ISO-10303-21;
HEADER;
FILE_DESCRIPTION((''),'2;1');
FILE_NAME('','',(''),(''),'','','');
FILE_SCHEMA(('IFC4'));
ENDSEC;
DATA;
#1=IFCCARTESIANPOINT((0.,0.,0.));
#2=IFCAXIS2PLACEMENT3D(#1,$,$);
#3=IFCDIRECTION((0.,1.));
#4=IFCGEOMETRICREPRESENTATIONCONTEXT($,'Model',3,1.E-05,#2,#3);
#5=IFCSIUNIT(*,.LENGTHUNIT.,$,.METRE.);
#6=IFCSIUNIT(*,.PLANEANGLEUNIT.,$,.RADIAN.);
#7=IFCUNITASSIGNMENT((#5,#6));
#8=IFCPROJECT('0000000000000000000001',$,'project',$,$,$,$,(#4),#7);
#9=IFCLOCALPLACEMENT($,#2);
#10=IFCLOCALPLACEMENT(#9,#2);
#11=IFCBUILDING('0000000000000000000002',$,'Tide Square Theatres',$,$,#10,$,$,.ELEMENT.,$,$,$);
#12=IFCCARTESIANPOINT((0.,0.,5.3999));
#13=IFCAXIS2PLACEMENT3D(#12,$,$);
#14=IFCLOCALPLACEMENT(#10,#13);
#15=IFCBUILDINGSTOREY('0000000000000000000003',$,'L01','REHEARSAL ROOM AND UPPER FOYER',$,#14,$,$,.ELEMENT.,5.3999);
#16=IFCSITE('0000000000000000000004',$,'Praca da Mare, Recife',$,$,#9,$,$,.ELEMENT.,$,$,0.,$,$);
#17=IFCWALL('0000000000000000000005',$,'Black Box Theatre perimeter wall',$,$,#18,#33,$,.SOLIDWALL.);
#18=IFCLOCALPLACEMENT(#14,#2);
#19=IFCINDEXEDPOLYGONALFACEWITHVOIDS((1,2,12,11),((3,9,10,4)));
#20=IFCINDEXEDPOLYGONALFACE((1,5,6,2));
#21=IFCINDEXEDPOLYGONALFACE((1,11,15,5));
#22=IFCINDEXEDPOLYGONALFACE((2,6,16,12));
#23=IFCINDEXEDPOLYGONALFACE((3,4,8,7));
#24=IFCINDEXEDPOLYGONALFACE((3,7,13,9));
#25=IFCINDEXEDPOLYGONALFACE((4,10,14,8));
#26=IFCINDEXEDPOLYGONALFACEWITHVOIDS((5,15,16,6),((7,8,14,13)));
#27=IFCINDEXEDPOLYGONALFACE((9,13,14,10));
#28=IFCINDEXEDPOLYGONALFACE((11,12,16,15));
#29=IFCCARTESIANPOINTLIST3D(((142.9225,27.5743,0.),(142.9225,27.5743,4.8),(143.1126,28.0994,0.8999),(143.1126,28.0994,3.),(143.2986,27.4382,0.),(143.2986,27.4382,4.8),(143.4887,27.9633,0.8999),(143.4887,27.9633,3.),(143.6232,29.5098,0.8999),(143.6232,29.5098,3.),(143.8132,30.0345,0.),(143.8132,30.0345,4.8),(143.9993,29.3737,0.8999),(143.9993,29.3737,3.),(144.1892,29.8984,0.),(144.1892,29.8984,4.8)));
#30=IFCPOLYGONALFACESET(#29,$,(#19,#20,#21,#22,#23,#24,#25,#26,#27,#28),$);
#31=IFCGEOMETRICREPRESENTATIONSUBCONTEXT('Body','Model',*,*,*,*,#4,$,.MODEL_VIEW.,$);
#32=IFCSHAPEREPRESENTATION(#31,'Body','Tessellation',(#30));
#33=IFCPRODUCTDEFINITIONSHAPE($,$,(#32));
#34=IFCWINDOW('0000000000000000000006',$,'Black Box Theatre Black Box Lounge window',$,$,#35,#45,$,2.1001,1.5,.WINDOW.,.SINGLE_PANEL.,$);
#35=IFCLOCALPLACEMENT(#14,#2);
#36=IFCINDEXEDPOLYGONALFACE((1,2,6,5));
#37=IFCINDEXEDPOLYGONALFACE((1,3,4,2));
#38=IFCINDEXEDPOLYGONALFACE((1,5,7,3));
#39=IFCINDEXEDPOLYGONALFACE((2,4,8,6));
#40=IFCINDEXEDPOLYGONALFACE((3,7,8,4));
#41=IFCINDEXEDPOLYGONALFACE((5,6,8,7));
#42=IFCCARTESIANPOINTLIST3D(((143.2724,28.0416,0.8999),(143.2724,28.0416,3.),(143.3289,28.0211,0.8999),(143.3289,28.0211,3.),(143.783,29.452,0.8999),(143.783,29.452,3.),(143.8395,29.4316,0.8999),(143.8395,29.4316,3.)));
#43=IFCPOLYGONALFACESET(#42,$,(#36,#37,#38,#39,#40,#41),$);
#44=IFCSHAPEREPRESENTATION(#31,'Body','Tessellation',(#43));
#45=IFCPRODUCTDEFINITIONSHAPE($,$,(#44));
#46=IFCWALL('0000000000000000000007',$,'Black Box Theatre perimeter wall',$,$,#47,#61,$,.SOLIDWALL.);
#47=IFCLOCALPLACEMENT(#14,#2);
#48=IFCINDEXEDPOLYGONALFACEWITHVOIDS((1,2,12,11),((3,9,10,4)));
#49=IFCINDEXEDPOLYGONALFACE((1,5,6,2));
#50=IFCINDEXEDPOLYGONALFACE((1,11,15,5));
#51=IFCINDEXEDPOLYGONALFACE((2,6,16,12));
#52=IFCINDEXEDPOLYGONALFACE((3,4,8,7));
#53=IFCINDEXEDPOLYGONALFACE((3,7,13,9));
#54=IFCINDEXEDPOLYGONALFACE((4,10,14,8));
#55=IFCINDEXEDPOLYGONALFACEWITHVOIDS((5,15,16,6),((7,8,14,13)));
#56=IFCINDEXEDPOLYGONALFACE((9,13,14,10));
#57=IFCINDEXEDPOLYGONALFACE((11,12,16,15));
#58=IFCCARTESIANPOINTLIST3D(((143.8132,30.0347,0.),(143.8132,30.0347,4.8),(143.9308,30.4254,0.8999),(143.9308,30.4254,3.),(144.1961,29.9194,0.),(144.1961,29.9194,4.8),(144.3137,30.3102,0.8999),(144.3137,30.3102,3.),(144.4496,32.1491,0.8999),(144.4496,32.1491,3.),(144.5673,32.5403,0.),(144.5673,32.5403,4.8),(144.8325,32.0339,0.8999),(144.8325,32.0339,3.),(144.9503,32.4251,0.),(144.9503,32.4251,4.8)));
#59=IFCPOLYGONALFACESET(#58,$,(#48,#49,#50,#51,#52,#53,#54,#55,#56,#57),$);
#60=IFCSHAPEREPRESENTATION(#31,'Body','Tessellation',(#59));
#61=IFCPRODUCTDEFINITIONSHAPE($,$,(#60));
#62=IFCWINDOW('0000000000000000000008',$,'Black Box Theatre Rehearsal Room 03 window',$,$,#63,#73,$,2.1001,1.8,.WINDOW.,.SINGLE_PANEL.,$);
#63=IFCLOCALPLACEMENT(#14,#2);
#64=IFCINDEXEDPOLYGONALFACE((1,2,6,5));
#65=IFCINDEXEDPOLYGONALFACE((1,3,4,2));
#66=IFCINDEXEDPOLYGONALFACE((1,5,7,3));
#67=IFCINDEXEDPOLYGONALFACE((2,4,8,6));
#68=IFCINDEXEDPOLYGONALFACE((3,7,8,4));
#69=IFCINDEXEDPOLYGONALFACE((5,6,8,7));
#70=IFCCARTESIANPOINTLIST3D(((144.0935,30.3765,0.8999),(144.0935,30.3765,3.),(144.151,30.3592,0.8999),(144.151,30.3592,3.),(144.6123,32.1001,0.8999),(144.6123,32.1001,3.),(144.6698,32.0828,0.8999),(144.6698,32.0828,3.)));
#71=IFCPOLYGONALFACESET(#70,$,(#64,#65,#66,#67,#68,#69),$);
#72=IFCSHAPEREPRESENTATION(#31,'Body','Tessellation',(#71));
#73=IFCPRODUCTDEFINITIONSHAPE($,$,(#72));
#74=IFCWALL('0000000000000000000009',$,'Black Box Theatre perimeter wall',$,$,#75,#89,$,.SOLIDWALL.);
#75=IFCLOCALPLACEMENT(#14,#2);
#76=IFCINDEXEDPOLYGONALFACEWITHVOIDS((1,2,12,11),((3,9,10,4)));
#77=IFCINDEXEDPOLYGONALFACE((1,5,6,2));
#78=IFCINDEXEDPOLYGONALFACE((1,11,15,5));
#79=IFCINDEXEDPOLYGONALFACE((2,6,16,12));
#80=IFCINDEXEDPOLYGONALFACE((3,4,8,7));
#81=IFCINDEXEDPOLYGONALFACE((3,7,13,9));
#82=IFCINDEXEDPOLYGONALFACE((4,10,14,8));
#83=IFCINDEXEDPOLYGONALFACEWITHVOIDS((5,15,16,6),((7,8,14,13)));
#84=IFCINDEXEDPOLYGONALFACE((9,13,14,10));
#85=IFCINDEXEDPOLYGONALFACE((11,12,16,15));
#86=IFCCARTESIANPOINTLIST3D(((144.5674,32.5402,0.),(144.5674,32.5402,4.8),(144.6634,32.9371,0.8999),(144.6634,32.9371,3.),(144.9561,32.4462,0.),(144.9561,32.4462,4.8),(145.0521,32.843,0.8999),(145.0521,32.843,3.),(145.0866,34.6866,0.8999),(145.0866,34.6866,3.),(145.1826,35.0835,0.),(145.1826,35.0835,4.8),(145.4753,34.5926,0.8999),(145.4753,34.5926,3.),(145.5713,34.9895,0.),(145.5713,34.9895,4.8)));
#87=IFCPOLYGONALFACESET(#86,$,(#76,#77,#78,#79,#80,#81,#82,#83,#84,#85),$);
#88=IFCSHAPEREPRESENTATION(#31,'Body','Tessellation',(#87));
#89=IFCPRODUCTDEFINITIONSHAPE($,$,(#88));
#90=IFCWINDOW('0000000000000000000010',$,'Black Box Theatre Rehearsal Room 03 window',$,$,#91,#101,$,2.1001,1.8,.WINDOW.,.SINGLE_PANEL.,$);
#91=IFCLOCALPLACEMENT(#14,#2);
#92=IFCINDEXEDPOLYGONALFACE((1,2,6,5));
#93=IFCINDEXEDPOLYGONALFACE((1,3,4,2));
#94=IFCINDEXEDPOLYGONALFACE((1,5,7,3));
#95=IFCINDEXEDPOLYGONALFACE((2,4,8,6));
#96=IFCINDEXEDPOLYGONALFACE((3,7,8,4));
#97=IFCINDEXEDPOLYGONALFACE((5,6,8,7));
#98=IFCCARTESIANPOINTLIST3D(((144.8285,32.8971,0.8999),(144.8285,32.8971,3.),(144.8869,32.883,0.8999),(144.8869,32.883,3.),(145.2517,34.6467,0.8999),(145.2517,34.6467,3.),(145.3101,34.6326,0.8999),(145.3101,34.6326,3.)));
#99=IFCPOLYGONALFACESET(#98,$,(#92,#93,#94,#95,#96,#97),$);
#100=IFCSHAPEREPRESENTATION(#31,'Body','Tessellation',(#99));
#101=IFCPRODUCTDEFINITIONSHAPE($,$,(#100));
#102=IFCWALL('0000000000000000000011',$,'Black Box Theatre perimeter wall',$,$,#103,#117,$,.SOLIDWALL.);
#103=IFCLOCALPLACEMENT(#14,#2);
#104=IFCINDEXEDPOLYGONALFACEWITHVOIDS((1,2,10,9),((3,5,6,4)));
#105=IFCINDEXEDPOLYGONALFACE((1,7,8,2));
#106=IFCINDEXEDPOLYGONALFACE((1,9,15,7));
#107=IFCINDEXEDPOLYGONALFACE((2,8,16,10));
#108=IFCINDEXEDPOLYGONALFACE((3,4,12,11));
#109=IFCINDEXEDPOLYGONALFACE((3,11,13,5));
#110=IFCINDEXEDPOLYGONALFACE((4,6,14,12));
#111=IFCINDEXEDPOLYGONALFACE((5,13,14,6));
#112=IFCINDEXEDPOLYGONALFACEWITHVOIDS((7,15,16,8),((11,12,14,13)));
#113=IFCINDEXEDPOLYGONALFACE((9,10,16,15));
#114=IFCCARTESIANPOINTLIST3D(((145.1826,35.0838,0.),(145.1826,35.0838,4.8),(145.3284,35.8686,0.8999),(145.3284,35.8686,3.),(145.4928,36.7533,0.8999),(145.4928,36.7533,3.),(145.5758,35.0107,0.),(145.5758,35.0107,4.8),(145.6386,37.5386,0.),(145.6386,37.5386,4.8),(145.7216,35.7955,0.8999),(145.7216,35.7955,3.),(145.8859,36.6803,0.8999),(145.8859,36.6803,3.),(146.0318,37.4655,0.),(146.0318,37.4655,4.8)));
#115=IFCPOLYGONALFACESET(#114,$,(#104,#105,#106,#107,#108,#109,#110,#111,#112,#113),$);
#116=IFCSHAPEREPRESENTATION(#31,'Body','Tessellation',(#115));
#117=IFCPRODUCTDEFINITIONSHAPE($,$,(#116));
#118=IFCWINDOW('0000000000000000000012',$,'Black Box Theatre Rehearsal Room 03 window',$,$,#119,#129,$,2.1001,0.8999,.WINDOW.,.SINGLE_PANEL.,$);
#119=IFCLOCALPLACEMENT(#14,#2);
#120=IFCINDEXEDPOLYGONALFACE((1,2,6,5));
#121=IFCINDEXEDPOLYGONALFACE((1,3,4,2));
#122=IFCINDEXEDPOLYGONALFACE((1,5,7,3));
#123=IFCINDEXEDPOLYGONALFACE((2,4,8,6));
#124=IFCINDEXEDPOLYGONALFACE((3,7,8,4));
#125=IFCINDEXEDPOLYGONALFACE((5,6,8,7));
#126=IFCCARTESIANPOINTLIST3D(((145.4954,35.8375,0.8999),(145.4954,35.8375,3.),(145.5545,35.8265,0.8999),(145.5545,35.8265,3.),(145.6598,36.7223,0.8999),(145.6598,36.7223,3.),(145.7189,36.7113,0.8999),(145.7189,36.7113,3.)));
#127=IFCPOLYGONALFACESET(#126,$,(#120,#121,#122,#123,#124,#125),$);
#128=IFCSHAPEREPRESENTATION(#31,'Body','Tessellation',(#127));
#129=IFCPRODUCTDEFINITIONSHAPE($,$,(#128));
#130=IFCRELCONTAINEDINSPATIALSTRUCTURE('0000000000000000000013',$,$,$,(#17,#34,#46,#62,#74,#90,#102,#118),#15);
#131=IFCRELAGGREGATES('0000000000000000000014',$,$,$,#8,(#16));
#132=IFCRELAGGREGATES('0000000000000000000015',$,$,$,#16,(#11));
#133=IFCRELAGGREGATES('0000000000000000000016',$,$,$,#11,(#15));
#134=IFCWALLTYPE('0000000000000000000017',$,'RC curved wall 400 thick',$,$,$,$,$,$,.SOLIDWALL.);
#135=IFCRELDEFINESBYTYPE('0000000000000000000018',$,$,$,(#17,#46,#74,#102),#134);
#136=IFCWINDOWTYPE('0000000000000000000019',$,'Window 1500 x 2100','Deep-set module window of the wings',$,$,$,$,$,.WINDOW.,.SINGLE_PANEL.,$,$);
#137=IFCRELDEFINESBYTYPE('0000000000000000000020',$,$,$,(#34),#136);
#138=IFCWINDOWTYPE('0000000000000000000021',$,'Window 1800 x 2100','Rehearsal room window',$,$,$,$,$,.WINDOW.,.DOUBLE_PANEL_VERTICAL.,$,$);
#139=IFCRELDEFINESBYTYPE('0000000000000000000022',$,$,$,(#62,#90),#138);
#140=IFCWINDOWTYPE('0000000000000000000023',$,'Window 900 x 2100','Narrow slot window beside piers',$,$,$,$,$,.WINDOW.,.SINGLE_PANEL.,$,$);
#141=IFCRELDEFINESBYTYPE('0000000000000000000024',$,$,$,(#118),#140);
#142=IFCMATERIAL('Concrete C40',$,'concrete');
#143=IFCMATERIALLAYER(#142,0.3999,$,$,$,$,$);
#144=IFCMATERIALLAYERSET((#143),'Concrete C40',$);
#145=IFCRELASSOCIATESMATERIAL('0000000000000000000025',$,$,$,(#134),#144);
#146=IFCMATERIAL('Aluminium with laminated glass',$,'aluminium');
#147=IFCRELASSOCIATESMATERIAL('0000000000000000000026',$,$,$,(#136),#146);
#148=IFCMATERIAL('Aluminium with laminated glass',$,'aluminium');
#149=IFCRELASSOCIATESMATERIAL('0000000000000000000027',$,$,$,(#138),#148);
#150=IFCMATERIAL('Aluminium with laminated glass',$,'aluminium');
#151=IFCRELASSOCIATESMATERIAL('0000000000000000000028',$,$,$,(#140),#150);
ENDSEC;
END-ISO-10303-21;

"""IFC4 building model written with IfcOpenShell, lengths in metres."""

from ifc_helpers import new_model, si_unit, direction, frame, frame_2d, origin, place, context, subcontext, project, spatial, rectangle, extrude, material, layer, layer_set, type_object, element, fill, save


model = new_model("IFC4")

# Units and contexts
model_context = context("Model", 3, precision=1e-05, world=origin(), true_north=direction((0.0, 1.0)))
body_context = subcontext(model_context, "Body", "Model", "MODEL_VIEW")
ifc_project = project(units=[si_unit("LENGTHUNIT", "METRE"), si_unit("PLANEANGLEUNIT", "RADIAN")], contexts=[model_context])

# Site, building, storey
site_placement = place(None, origin())
site = spatial("IfcSite", under=ifc_project, at=site_placement, Name="Praca da Mare, Recife", CompositionType="ELEMENT", RefElevation=0.0)
building_placement = place(site_placement, origin())
building = spatial("IfcBuilding", under=site, at=building_placement, Name="Tide Square Theatres", CompositionType="ELEMENT")
storey_placement = place(building_placement, frame((0.0, 0.0, 5.3999)))
storey = spatial("IfcBuildingStorey", under=building, at=storey_placement, Name="L01", Description="REHEARSAL ROOM AND UPPER FOYER", CompositionType="ELEMENT", Elevation=5.3999)

# Walls, openings, windows
ifc_material_1 = material(Name="Concrete C40", Category="concrete")
ifc_layer_1 = layer(ifc_material_1, 0.3999)
ifc_layer_set_1 = layer_set([ifc_layer_1], Name="Concrete C40")
wall_type_1 = type_object("IfcWallType", Name="RC curved wall 400 thick", PredefinedType="SOLIDWALL", material=ifc_layer_set_1)
ifc_material_2 = material(Name="Aluminium with laminated glass", Category="aluminium")
window_type_1 = type_object("IfcWindowType", Name="Window 1500 x 2100", Description="Deep-set module window of the wings", PartitioningType="SINGLE_PANEL", PredefinedType="WINDOW", material=ifc_material_2)
wall_1_placement = place(storey_placement, frame((143.1106, 27.5063, 0.0), z_axis=(0.0, 0.0, 1.0), x_axis=(0.340394, 0.940283, 0.0)))
wall_1 = element("IfcWall", 1, at=wall_1_placement, inside=storey, type_object=wall_type_1, Name="Black Box Theatre perimeter wall", PredefinedType="SOLIDWALL", context=body_context, shape_type="SweptSolid", body=[
    extrude(rectangle(XDim=2.6165, YDim=0.3999, at=frame_2d((1.3081, 0.0))), origin(), (0.0, 0.0, 1.0), 4.8),
])
opening_1_placement = place(wall_1_placement, frame((0.5583, 0.0, 0.8999)))
opening_1 = element("IfcOpeningElement", 2, at=opening_1_placement, cuts=wall_1, PredefinedType="OPENING", context=body_context, shape_type="SweptSolid", body=[
    extrude(rectangle(XDim=1.5, YDim=2.1001, at=frame_2d((0.75, 1.05))), frame((0.0, 0.21, 0.0), z_axis=(0.0, -1.0, 0.0), x_axis=(1.0, 0.0, 0.0)), (0.0, 0.0, 1.0), 0.4199),
])
window_1_placement = place(opening_1_placement, origin())
window_1 = element("IfcWindow", 3, at=window_1_placement, inside=storey, type_object=window_type_1, Name="Black Box Theatre Black Box Lounge window", OverallHeight=2.1001, OverallWidth=1.5, PartitioningType="SINGLE_PANEL", PredefinedType="WINDOW", context=body_context, shape_type="SweptSolid", body=[
    extrude(rectangle(XDim=1.5, YDim=2.1001, at=frame_2d((0.75, 1.05))), frame((0.0, 0.03, 0.0), z_axis=(0.0, -1.0, 0.0), x_axis=(1.0, 0.0, 0.0)), (0.0, 0.0, 1.0), 0.0601),
])
fill(opening_1, window_1)
wall_2_placement = place(storey_placement, frame((144.0046, 29.9771, 0.0), z_axis=(0.0, 0.0, 1.0), x_axis=(0.288212, 0.957567, 0.0)))
wall_2 = element("IfcWall", 4, at=wall_2_placement, inside=storey, type_object=wall_type_1, Name="Black Box Theatre perimeter wall", PredefinedType="SOLIDWALL", context=body_context, shape_type="SweptSolid", body=[
    extrude(rectangle(XDim=2.6167, YDim=0.3999, at=frame_2d((1.3083, 0.0))), origin(), (0.0, 0.0, 1.0), 4.8),
])
opening_2_placement = place(wall_2_placement, frame((0.4082, 0.0, 0.8999)))
opening_2 = element("IfcOpeningElement", 5, at=opening_2_placement, cuts=wall_2, PredefinedType="OPENING", context=body_context, shape_type="SweptSolid", body=[
    extrude(rectangle(XDim=1.8, YDim=2.1001, at=frame_2d((0.8999, 1.05))), frame((0.0, 0.21, 0.0), z_axis=(0.0, -1.0, 0.0), x_axis=(1.0, 0.0, 0.0)), (0.0, 0.0, 1.0), 0.4199),
])
ifc_material_3 = material(Name="Aluminium with laminated glass", Category="aluminium")
window_type_2 = type_object("IfcWindowType", Name="Window 1800 x 2100", Description="Rehearsal room window", PartitioningType="DOUBLE_PANEL_VERTICAL", PredefinedType="WINDOW", material=ifc_material_3)
window_2_placement = place(opening_2_placement, origin())
window_2 = element("IfcWindow", 6, at=window_2_placement, inside=storey, type_object=window_type_2, Name="Black Box Theatre Rehearsal Room 03 window", OverallHeight=2.1001, OverallWidth=1.8, PartitioningType="SINGLE_PANEL", PredefinedType="WINDOW", context=body_context, shape_type="SweptSolid", body=[
    extrude(rectangle(XDim=1.8, YDim=2.1001, at=frame_2d((0.8999, 1.05))), frame((0.0, 0.03, 0.0), z_axis=(0.0, -1.0, 0.0), x_axis=(1.0, 0.0, 0.0)), (0.0, 0.0, 1.0), 0.0601),
])
fill(opening_2, window_2)
wall_3_placement = place(storey_placement, frame((144.7617, 32.4932, 0.0), z_axis=(0.0, 0.0, 1.0), x_axis=(0.235109, 0.971969, 0.0)))
wall_3 = element("IfcWall", 7, at=wall_3_placement, inside=storey, type_object=wall_type_1, Name="Black Box Theatre perimeter wall", PredefinedType="SOLIDWALL", context=body_context, shape_type="SweptSolid", body=[
    extrude(rectangle(XDim=2.6167, YDim=0.3999, at=frame_2d((1.3083, 0.0))), origin(), (0.0, 0.0, 1.0), 4.8),
])
opening_3_placement = place(wall_3_placement, frame((0.4084, 0.0, 0.8999)))
opening_3 = element("IfcOpeningElement", 8, at=opening_3_placement, cuts=wall_3, PredefinedType="OPENING", context=body_context, shape_type="SweptSolid", body=[
    extrude(rectangle(XDim=1.8, YDim=2.1001, at=frame_2d((0.8999, 1.05))), frame((0.0, 0.21, 0.0), z_axis=(0.0, -1.0, 0.0), x_axis=(1.0, 0.0, 0.0)), (0.0, 0.0, 1.0), 0.4199),
])
window_3_placement = place(opening_3_placement, origin())
window_3 = element("IfcWindow", 9, at=window_3_placement, inside=storey, type_object=window_type_2, Name="Black Box Theatre Rehearsal Room 03 window", OverallHeight=2.1001, OverallWidth=1.8, PartitioningType="SINGLE_PANEL", PredefinedType="WINDOW", context=body_context, shape_type="SweptSolid", body=[
    extrude(rectangle(XDim=1.8, YDim=2.1001, at=frame_2d((0.8999, 1.05))), frame((0.0, 0.03, 0.0), z_axis=(0.0, -1.0, 0.0), x_axis=(1.0, 0.0, 0.0)), (0.0, 0.0, 1.0), 0.0601),
])
fill(opening_3, window_3)
wall_4_placement = place(storey_placement, frame((145.3792, 35.0471, 0.0), z_axis=(0.0, 0.0, 1.0), x_axis=(0.182653, 0.983177, 0.0)))
wall_4 = element("IfcWall", 10, at=wall_4_placement, inside=storey, type_object=wall_type_1, Name="Black Box Theatre perimeter wall", PredefinedType="SOLIDWALL", context=body_context, shape_type="SweptSolid", body=[
    extrude(rectangle(XDim=2.4968, YDim=0.3999, at=frame_2d((1.2485, 0.0))), origin(), (0.0, 0.0, 1.0), 4.8),
])
opening_4_placement = place(wall_4_placement, frame((0.7983, 0.0, 0.8999)))
opening_4 = element("IfcOpeningElement", 11, at=opening_4_placement, cuts=wall_4, PredefinedType="OPENING", context=body_context, shape_type="SweptSolid", body=[
    extrude(rectangle(XDim=0.8999, YDim=2.1001, at=frame_2d((0.45, 1.05))), frame((0.0, 0.21, 0.0), z_axis=(0.0, -1.0, 0.0), x_axis=(1.0, 0.0, 0.0)), (0.0, 0.0, 1.0), 0.4199),
])
ifc_material_4 = material(Name="Aluminium with laminated glass", Category="aluminium")
window_type_3 = type_object("IfcWindowType", Name="Window 900 x 2100", Description="Narrow slot window beside piers", PartitioningType="SINGLE_PANEL", PredefinedType="WINDOW", material=ifc_material_4)
window_4_placement = place(opening_4_placement, origin())
window_4 = element("IfcWindow", 12, at=window_4_placement, inside=storey, type_object=window_type_3, Name="Black Box Theatre Rehearsal Room 03 window", OverallHeight=2.1001, OverallWidth=0.8999, PartitioningType="SINGLE_PANEL", PredefinedType="WINDOW", context=body_context, shape_type="SweptSolid", body=[
    extrude(rectangle(XDim=0.8999, YDim=2.1001, at=frame_2d((0.45, 1.05))), frame((0.0, 0.03, 0.0), z_axis=(0.0, -1.0, 0.0), x_axis=(1.0, 0.0, 0.0)), (0.0, 0.0, 1.0), 0.0601),
])
fill(opening_4, window_4)

save(model, "model.ifc")
